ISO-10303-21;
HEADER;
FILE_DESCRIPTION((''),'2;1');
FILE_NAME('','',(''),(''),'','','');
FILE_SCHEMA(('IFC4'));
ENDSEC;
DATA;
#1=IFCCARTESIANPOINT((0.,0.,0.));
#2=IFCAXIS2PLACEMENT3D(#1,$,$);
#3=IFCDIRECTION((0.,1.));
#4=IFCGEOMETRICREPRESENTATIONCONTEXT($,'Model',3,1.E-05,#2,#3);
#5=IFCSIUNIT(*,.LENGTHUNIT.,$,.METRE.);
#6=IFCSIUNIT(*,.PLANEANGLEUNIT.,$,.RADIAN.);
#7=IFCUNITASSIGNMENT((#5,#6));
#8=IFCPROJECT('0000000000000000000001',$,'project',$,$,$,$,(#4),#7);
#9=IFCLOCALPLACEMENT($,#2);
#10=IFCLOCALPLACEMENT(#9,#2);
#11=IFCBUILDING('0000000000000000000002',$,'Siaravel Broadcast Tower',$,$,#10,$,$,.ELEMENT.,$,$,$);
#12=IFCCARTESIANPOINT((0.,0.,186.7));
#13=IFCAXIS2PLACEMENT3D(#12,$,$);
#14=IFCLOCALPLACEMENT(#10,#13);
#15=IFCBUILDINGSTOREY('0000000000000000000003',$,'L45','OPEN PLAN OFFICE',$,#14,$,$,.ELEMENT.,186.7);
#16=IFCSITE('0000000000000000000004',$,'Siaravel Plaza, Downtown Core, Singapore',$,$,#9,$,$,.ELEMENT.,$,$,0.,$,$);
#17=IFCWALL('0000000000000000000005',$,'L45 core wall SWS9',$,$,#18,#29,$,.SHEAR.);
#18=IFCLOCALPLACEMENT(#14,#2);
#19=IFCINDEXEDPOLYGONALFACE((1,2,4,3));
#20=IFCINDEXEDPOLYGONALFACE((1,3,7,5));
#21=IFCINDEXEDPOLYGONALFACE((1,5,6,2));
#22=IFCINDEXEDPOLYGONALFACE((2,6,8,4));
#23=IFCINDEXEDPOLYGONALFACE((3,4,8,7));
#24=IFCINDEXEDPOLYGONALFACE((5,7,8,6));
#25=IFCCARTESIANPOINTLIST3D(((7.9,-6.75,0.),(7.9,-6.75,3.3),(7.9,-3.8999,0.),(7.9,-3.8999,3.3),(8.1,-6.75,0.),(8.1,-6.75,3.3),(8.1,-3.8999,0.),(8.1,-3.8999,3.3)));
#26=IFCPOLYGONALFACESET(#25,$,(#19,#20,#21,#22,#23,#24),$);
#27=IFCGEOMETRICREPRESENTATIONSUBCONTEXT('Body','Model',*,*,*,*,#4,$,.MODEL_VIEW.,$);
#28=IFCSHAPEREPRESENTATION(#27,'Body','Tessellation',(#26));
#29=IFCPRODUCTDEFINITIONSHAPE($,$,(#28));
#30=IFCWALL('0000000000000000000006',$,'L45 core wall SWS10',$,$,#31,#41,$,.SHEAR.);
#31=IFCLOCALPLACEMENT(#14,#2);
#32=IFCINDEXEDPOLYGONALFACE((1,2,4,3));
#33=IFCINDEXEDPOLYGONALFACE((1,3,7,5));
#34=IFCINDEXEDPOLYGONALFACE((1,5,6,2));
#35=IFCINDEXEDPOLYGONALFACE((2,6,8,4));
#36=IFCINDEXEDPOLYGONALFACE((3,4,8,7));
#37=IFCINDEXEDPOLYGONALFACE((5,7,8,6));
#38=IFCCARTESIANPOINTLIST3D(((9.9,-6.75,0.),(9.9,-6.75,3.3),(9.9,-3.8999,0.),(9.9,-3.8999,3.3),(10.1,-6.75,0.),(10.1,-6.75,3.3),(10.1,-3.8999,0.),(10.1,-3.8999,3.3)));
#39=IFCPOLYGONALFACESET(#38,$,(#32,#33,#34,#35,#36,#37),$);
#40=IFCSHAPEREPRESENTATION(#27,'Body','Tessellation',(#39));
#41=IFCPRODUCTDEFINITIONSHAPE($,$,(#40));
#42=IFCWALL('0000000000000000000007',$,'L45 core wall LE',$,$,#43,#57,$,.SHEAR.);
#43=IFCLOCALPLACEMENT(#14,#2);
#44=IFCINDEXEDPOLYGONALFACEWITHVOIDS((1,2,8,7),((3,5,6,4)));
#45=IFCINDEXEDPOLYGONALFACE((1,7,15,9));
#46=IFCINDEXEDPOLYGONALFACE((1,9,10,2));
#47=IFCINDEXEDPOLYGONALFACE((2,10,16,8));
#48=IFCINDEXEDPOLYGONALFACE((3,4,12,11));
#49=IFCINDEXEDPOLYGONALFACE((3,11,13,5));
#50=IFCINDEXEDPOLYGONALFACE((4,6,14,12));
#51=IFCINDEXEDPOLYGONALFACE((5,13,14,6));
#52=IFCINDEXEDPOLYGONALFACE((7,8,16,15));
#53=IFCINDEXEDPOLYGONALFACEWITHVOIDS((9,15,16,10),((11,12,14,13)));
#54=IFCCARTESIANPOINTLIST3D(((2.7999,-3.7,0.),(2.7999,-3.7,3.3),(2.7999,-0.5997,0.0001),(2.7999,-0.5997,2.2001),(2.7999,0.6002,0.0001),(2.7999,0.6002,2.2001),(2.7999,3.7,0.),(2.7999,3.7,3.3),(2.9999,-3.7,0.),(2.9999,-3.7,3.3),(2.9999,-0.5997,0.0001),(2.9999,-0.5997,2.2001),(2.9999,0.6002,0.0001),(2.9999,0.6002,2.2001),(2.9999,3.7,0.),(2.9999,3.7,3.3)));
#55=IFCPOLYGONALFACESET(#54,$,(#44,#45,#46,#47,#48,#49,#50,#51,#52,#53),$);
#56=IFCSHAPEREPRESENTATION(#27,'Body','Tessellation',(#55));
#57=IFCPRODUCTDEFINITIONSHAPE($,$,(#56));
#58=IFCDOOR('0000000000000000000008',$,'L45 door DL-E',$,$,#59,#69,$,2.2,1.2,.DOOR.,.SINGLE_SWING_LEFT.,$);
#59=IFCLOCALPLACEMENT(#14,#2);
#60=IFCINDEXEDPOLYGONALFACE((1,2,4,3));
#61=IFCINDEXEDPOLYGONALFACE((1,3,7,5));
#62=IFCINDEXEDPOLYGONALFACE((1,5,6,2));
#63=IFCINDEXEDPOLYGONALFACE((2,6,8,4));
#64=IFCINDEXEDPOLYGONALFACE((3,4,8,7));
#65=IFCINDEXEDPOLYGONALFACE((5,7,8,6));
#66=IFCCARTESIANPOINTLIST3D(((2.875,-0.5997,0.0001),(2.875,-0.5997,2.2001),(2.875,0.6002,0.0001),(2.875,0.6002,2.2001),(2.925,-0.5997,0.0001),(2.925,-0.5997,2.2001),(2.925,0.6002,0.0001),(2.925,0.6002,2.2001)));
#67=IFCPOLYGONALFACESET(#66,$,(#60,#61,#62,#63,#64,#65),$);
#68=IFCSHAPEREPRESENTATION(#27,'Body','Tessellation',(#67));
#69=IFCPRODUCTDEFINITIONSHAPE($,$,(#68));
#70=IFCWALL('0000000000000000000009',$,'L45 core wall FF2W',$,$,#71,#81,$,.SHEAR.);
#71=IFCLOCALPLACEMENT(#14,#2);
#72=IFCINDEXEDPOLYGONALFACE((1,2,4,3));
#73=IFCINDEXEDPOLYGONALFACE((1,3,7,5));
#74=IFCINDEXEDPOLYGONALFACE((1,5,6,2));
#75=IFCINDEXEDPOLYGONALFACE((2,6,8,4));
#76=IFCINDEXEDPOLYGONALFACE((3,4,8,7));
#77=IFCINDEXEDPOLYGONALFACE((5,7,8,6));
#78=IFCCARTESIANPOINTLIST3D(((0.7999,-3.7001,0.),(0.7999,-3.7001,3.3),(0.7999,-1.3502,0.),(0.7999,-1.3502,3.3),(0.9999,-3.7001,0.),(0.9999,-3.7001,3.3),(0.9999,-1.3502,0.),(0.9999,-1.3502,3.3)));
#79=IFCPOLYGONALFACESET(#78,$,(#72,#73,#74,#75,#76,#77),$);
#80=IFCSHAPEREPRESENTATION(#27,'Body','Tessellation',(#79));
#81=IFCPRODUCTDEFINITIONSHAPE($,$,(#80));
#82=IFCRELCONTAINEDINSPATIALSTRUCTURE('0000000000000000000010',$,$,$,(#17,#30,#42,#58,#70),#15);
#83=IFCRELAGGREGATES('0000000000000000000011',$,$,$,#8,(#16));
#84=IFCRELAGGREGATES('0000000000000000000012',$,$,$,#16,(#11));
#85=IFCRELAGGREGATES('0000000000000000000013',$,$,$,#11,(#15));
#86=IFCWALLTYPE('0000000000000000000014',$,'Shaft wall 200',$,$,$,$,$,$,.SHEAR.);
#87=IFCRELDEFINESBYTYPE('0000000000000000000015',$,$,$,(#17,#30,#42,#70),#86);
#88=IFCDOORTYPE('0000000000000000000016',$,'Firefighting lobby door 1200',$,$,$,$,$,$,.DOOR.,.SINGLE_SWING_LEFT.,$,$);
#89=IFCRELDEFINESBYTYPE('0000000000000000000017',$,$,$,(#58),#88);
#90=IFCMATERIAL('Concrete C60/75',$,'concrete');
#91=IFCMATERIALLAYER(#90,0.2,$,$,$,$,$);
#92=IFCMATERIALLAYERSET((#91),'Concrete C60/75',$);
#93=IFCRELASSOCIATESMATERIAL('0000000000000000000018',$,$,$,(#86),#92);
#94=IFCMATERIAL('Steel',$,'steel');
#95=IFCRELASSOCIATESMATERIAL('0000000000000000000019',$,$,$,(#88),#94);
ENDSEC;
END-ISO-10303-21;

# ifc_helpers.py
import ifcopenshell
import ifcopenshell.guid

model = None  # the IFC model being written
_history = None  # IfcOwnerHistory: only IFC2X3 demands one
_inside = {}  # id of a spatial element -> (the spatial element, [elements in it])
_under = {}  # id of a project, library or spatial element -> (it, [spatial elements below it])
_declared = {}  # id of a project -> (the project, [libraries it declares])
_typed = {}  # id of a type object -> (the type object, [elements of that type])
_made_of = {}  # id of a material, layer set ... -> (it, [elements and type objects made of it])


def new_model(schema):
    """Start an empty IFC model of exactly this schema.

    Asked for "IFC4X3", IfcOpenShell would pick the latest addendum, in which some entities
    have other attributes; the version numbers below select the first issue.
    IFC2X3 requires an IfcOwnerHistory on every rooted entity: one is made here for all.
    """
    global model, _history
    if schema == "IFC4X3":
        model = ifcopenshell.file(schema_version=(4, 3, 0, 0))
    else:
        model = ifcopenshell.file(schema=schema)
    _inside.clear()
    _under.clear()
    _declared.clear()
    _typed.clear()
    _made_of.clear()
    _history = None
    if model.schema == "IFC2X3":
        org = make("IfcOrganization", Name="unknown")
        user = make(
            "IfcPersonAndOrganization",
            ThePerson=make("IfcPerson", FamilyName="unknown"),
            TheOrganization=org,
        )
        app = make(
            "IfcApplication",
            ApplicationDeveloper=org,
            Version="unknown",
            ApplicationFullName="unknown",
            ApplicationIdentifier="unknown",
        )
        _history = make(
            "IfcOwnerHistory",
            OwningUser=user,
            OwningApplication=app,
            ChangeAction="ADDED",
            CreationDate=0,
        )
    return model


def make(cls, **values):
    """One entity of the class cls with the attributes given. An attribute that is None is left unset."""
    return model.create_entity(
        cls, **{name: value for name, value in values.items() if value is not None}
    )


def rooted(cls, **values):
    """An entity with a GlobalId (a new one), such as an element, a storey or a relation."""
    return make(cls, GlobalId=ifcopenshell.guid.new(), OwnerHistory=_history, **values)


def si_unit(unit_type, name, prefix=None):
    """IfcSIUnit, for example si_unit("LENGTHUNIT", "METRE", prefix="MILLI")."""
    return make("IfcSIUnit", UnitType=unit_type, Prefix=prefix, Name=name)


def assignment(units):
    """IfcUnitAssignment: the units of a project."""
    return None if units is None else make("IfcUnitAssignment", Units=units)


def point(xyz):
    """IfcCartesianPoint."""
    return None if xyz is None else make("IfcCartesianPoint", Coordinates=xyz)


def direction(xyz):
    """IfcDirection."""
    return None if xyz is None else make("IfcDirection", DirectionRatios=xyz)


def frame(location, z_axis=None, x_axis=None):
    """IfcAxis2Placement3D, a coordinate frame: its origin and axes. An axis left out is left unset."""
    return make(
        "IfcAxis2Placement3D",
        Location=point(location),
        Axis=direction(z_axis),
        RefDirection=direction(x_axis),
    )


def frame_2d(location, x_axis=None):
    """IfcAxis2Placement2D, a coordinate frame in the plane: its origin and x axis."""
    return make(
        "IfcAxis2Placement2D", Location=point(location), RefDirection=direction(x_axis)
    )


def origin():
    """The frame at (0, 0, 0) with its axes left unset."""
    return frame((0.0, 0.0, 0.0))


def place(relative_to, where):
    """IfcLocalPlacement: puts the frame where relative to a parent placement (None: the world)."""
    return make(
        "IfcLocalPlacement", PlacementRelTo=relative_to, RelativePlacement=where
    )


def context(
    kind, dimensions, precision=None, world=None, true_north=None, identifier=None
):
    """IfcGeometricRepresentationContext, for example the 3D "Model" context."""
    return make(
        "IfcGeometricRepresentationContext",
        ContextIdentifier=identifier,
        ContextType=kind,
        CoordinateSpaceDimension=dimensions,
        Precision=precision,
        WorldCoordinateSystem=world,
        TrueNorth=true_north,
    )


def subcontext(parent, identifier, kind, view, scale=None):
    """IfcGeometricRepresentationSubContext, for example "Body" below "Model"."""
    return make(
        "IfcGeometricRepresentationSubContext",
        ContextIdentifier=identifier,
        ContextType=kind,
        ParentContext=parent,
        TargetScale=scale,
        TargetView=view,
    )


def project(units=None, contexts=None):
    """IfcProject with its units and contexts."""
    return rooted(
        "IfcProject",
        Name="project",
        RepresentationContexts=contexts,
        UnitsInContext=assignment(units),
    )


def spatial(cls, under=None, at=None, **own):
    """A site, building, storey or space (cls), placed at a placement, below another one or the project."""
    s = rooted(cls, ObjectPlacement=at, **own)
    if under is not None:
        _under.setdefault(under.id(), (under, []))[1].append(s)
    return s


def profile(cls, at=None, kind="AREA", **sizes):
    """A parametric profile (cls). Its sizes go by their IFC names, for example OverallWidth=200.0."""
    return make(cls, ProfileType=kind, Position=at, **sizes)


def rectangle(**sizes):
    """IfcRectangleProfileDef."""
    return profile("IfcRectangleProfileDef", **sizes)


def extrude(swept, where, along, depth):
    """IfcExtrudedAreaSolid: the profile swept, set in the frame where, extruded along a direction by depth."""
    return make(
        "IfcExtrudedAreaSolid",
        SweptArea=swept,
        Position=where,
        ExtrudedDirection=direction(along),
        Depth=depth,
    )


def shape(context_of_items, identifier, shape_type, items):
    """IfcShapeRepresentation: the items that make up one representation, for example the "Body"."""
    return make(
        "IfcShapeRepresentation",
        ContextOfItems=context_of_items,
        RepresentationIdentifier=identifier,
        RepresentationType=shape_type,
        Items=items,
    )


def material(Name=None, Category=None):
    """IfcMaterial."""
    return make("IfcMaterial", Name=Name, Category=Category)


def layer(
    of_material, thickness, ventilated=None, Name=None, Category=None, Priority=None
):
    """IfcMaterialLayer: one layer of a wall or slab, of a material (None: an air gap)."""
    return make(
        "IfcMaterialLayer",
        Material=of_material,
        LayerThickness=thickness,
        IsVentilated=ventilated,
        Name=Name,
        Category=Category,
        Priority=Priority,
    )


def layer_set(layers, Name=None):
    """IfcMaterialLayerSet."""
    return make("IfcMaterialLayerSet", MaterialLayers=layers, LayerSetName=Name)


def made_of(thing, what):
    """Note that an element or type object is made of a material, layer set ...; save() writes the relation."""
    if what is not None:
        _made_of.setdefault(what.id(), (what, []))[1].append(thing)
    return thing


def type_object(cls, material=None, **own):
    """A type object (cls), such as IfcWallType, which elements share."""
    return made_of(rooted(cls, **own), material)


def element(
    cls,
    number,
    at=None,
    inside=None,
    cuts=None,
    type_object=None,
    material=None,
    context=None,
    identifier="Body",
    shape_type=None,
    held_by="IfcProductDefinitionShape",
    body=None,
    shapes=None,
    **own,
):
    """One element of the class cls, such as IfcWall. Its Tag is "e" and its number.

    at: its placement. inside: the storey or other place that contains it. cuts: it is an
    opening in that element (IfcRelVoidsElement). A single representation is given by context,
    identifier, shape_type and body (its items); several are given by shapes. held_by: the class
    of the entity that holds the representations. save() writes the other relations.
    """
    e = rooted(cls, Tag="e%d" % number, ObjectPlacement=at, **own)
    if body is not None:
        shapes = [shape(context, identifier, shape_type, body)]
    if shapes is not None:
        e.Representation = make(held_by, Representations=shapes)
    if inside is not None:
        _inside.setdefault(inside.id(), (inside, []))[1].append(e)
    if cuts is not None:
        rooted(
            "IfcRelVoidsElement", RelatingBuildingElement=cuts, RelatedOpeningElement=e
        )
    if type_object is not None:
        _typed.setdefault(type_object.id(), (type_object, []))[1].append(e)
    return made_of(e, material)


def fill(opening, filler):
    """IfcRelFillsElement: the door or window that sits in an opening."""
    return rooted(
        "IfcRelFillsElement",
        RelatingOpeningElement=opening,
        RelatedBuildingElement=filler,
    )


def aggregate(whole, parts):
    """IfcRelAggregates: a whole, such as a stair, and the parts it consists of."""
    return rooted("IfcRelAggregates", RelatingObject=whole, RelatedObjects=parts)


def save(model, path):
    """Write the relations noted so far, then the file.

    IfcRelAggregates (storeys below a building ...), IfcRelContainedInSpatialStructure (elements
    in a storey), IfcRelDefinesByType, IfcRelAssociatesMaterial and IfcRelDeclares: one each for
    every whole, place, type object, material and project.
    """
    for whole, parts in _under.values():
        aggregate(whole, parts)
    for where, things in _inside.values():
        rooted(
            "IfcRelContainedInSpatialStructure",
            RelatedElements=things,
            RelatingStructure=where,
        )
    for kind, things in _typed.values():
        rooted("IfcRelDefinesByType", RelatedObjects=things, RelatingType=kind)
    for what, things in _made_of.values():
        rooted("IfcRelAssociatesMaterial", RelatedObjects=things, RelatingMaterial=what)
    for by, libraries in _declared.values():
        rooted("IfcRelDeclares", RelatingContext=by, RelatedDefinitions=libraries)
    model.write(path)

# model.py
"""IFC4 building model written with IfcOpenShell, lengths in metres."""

from ifc_helpers import new_model, si_unit, direction, frame, frame_2d, origin, place, context, subcontext, project, spatial, rectangle, extrude, material, layer, layer_set, type_object, element, fill, save


model = new_model("IFC4")

# Units and contexts
model_context = context("Model", 3, precision=1e-05, world=origin(), true_north=direction((0.0, 1.0)))
body_context = subcontext(model_context, "Body", "Model", "MODEL_VIEW")
ifc_project = project(units=[si_unit("LENGTHUNIT", "METRE"), si_unit("PLANEANGLEUNIT", "RADIAN")], contexts=[model_context])

# Site, building, storey
site_placement = place(None, origin())
site = spatial("IfcSite", under=ifc_project, at=site_placement, Name="Siaravel Plaza, Downtown Core, Singapore", CompositionType="ELEMENT", RefElevation=0.0)
building_placement = place(site_placement, origin())
building = spatial("IfcBuilding", under=site, at=building_placement, Name="Siaravel Broadcast Tower", CompositionType="ELEMENT")
storey_placement = place(building_placement, frame((0.0, 0.0, 186.7)))
storey = spatial("IfcBuildingStorey", under=building, at=storey_placement, Name="L45", Description="OPEN PLAN OFFICE", CompositionType="ELEMENT", Elevation=186.7)

# Shared definitions
ifc_material_1 = material(Name="Concrete C60/75", Category="concrete")
ifc_material_2 = material(Name="Steel", Category="steel")

# Walls
ifc_layer_1 = layer(ifc_material_1, 0.2)
ifc_layer_set_1 = layer_set([ifc_layer_1], Name="Concrete C60/75")
wall_type_1 = type_object("IfcWallType", Name="Shaft wall 200", PredefinedType="SHEAR", material=ifc_layer_set_1)
for number, where, z_axis, x_axis, name in (
    (1, (8.0, -6.75, 0.0), (0.0, 0.0, 1.0), (0.0, 1.0, 0.0), "L45 core wall SWS9"),
    (2, (10.0, -6.75, 0.0), (0.0, 0.0, 1.0), (0.0, 1.0, 0.0), "L45 core wall SWS10"),
):
    element("IfcWall", number, at=place(storey_placement, frame(where, z_axis=z_axis, x_axis=x_axis)), inside=storey, type_object=wall_type_1, Name=name, PredefinedType="SHEAR", context=body_context, shape_type="SweptSolid", body=[
        extrude(rectangle(XDim=2.8501, YDim=0.2, at=frame_2d((1.425, 0.0))), origin(), (0.0, 0.0, 1.0), 3.3),
    ])

# Wall, opening, door
wall_1_placement = place(storey_placement, frame((2.8999, -3.7, 0.0), z_axis=(0.0, 0.0, 1.0), x_axis=(0.0, 1.0, 0.0)))
wall_1 = element("IfcWall", 3, at=wall_1_placement, inside=storey, type_object=wall_type_1, Name="L45 core wall LE", PredefinedType="SHEAR", context=body_context, shape_type="SweptSolid", body=[
    extrude(rectangle(XDim=7.3999, YDim=0.2, at=frame_2d((3.7, 0.0))), origin(), (0.0, 0.0, 1.0), 3.3),
])
opening_1_placement = place(wall_1_placement, frame((3.1001, 0.0, 0.0)))
opening_1 = element("IfcOpeningElement", 4, at=opening_1_placement, cuts=wall_1, PredefinedType="OPENING", context=body_context, shape_type="SweptSolid", body=[
    extrude(rectangle(XDim=1.2, YDim=2.2, at=frame_2d((0.6001, 1.1001))), frame((0.0, 0.1099, 0.0), z_axis=(0.0, -1.0, 0.0), x_axis=(1.0, 0.0, 0.0)), (0.0, 0.0, 1.0), 0.22),
])
door_type_1 = type_object("IfcDoorType", Name="Firefighting lobby door 1200", OperationType="SINGLE_SWING_LEFT", PredefinedType="DOOR", material=ifc_material_2)
door_1_placement = place(opening_1_placement, origin())
door_1 = element("IfcDoor", 5, at=door_1_placement, inside=storey, type_object=door_type_1, Name="L45 door DL-E", OperationType="SINGLE_SWING_LEFT", OverallHeight=2.2, OverallWidth=1.2, PredefinedType="DOOR", context=body_context, shape_type="SweptSolid", body=[
    extrude(rectangle(XDim=1.2, YDim=2.2, at=frame_2d((0.6001, 1.1001))), frame((0.0, 0.0249, 0.0), z_axis=(0.0, -1.0, 0.0), x_axis=(1.0, 0.0, 0.0)), (0.0, 0.0, 1.0), 0.05),
])
fill(opening_1, door_1)

# Wall
wall_2_placement = place(storey_placement, frame((0.8999, -3.7, 0.0), z_axis=(0.0, 0.0, 1.0), x_axis=(0.0, 1.0, 0.0)))
element("IfcWall", 6, at=wall_2_placement, inside=storey, type_object=wall_type_1, Name="L45 core wall FF2W", PredefinedType="SHEAR", context=body_context, shape_type="SweptSolid", body=[
    extrude(rectangle(XDim=2.3499, YDim=0.2, at=frame_2d((1.1748, 0.0))), origin(), (0.0, 0.0, 1.0), 3.3),
])

save(model, "model.ifc")
